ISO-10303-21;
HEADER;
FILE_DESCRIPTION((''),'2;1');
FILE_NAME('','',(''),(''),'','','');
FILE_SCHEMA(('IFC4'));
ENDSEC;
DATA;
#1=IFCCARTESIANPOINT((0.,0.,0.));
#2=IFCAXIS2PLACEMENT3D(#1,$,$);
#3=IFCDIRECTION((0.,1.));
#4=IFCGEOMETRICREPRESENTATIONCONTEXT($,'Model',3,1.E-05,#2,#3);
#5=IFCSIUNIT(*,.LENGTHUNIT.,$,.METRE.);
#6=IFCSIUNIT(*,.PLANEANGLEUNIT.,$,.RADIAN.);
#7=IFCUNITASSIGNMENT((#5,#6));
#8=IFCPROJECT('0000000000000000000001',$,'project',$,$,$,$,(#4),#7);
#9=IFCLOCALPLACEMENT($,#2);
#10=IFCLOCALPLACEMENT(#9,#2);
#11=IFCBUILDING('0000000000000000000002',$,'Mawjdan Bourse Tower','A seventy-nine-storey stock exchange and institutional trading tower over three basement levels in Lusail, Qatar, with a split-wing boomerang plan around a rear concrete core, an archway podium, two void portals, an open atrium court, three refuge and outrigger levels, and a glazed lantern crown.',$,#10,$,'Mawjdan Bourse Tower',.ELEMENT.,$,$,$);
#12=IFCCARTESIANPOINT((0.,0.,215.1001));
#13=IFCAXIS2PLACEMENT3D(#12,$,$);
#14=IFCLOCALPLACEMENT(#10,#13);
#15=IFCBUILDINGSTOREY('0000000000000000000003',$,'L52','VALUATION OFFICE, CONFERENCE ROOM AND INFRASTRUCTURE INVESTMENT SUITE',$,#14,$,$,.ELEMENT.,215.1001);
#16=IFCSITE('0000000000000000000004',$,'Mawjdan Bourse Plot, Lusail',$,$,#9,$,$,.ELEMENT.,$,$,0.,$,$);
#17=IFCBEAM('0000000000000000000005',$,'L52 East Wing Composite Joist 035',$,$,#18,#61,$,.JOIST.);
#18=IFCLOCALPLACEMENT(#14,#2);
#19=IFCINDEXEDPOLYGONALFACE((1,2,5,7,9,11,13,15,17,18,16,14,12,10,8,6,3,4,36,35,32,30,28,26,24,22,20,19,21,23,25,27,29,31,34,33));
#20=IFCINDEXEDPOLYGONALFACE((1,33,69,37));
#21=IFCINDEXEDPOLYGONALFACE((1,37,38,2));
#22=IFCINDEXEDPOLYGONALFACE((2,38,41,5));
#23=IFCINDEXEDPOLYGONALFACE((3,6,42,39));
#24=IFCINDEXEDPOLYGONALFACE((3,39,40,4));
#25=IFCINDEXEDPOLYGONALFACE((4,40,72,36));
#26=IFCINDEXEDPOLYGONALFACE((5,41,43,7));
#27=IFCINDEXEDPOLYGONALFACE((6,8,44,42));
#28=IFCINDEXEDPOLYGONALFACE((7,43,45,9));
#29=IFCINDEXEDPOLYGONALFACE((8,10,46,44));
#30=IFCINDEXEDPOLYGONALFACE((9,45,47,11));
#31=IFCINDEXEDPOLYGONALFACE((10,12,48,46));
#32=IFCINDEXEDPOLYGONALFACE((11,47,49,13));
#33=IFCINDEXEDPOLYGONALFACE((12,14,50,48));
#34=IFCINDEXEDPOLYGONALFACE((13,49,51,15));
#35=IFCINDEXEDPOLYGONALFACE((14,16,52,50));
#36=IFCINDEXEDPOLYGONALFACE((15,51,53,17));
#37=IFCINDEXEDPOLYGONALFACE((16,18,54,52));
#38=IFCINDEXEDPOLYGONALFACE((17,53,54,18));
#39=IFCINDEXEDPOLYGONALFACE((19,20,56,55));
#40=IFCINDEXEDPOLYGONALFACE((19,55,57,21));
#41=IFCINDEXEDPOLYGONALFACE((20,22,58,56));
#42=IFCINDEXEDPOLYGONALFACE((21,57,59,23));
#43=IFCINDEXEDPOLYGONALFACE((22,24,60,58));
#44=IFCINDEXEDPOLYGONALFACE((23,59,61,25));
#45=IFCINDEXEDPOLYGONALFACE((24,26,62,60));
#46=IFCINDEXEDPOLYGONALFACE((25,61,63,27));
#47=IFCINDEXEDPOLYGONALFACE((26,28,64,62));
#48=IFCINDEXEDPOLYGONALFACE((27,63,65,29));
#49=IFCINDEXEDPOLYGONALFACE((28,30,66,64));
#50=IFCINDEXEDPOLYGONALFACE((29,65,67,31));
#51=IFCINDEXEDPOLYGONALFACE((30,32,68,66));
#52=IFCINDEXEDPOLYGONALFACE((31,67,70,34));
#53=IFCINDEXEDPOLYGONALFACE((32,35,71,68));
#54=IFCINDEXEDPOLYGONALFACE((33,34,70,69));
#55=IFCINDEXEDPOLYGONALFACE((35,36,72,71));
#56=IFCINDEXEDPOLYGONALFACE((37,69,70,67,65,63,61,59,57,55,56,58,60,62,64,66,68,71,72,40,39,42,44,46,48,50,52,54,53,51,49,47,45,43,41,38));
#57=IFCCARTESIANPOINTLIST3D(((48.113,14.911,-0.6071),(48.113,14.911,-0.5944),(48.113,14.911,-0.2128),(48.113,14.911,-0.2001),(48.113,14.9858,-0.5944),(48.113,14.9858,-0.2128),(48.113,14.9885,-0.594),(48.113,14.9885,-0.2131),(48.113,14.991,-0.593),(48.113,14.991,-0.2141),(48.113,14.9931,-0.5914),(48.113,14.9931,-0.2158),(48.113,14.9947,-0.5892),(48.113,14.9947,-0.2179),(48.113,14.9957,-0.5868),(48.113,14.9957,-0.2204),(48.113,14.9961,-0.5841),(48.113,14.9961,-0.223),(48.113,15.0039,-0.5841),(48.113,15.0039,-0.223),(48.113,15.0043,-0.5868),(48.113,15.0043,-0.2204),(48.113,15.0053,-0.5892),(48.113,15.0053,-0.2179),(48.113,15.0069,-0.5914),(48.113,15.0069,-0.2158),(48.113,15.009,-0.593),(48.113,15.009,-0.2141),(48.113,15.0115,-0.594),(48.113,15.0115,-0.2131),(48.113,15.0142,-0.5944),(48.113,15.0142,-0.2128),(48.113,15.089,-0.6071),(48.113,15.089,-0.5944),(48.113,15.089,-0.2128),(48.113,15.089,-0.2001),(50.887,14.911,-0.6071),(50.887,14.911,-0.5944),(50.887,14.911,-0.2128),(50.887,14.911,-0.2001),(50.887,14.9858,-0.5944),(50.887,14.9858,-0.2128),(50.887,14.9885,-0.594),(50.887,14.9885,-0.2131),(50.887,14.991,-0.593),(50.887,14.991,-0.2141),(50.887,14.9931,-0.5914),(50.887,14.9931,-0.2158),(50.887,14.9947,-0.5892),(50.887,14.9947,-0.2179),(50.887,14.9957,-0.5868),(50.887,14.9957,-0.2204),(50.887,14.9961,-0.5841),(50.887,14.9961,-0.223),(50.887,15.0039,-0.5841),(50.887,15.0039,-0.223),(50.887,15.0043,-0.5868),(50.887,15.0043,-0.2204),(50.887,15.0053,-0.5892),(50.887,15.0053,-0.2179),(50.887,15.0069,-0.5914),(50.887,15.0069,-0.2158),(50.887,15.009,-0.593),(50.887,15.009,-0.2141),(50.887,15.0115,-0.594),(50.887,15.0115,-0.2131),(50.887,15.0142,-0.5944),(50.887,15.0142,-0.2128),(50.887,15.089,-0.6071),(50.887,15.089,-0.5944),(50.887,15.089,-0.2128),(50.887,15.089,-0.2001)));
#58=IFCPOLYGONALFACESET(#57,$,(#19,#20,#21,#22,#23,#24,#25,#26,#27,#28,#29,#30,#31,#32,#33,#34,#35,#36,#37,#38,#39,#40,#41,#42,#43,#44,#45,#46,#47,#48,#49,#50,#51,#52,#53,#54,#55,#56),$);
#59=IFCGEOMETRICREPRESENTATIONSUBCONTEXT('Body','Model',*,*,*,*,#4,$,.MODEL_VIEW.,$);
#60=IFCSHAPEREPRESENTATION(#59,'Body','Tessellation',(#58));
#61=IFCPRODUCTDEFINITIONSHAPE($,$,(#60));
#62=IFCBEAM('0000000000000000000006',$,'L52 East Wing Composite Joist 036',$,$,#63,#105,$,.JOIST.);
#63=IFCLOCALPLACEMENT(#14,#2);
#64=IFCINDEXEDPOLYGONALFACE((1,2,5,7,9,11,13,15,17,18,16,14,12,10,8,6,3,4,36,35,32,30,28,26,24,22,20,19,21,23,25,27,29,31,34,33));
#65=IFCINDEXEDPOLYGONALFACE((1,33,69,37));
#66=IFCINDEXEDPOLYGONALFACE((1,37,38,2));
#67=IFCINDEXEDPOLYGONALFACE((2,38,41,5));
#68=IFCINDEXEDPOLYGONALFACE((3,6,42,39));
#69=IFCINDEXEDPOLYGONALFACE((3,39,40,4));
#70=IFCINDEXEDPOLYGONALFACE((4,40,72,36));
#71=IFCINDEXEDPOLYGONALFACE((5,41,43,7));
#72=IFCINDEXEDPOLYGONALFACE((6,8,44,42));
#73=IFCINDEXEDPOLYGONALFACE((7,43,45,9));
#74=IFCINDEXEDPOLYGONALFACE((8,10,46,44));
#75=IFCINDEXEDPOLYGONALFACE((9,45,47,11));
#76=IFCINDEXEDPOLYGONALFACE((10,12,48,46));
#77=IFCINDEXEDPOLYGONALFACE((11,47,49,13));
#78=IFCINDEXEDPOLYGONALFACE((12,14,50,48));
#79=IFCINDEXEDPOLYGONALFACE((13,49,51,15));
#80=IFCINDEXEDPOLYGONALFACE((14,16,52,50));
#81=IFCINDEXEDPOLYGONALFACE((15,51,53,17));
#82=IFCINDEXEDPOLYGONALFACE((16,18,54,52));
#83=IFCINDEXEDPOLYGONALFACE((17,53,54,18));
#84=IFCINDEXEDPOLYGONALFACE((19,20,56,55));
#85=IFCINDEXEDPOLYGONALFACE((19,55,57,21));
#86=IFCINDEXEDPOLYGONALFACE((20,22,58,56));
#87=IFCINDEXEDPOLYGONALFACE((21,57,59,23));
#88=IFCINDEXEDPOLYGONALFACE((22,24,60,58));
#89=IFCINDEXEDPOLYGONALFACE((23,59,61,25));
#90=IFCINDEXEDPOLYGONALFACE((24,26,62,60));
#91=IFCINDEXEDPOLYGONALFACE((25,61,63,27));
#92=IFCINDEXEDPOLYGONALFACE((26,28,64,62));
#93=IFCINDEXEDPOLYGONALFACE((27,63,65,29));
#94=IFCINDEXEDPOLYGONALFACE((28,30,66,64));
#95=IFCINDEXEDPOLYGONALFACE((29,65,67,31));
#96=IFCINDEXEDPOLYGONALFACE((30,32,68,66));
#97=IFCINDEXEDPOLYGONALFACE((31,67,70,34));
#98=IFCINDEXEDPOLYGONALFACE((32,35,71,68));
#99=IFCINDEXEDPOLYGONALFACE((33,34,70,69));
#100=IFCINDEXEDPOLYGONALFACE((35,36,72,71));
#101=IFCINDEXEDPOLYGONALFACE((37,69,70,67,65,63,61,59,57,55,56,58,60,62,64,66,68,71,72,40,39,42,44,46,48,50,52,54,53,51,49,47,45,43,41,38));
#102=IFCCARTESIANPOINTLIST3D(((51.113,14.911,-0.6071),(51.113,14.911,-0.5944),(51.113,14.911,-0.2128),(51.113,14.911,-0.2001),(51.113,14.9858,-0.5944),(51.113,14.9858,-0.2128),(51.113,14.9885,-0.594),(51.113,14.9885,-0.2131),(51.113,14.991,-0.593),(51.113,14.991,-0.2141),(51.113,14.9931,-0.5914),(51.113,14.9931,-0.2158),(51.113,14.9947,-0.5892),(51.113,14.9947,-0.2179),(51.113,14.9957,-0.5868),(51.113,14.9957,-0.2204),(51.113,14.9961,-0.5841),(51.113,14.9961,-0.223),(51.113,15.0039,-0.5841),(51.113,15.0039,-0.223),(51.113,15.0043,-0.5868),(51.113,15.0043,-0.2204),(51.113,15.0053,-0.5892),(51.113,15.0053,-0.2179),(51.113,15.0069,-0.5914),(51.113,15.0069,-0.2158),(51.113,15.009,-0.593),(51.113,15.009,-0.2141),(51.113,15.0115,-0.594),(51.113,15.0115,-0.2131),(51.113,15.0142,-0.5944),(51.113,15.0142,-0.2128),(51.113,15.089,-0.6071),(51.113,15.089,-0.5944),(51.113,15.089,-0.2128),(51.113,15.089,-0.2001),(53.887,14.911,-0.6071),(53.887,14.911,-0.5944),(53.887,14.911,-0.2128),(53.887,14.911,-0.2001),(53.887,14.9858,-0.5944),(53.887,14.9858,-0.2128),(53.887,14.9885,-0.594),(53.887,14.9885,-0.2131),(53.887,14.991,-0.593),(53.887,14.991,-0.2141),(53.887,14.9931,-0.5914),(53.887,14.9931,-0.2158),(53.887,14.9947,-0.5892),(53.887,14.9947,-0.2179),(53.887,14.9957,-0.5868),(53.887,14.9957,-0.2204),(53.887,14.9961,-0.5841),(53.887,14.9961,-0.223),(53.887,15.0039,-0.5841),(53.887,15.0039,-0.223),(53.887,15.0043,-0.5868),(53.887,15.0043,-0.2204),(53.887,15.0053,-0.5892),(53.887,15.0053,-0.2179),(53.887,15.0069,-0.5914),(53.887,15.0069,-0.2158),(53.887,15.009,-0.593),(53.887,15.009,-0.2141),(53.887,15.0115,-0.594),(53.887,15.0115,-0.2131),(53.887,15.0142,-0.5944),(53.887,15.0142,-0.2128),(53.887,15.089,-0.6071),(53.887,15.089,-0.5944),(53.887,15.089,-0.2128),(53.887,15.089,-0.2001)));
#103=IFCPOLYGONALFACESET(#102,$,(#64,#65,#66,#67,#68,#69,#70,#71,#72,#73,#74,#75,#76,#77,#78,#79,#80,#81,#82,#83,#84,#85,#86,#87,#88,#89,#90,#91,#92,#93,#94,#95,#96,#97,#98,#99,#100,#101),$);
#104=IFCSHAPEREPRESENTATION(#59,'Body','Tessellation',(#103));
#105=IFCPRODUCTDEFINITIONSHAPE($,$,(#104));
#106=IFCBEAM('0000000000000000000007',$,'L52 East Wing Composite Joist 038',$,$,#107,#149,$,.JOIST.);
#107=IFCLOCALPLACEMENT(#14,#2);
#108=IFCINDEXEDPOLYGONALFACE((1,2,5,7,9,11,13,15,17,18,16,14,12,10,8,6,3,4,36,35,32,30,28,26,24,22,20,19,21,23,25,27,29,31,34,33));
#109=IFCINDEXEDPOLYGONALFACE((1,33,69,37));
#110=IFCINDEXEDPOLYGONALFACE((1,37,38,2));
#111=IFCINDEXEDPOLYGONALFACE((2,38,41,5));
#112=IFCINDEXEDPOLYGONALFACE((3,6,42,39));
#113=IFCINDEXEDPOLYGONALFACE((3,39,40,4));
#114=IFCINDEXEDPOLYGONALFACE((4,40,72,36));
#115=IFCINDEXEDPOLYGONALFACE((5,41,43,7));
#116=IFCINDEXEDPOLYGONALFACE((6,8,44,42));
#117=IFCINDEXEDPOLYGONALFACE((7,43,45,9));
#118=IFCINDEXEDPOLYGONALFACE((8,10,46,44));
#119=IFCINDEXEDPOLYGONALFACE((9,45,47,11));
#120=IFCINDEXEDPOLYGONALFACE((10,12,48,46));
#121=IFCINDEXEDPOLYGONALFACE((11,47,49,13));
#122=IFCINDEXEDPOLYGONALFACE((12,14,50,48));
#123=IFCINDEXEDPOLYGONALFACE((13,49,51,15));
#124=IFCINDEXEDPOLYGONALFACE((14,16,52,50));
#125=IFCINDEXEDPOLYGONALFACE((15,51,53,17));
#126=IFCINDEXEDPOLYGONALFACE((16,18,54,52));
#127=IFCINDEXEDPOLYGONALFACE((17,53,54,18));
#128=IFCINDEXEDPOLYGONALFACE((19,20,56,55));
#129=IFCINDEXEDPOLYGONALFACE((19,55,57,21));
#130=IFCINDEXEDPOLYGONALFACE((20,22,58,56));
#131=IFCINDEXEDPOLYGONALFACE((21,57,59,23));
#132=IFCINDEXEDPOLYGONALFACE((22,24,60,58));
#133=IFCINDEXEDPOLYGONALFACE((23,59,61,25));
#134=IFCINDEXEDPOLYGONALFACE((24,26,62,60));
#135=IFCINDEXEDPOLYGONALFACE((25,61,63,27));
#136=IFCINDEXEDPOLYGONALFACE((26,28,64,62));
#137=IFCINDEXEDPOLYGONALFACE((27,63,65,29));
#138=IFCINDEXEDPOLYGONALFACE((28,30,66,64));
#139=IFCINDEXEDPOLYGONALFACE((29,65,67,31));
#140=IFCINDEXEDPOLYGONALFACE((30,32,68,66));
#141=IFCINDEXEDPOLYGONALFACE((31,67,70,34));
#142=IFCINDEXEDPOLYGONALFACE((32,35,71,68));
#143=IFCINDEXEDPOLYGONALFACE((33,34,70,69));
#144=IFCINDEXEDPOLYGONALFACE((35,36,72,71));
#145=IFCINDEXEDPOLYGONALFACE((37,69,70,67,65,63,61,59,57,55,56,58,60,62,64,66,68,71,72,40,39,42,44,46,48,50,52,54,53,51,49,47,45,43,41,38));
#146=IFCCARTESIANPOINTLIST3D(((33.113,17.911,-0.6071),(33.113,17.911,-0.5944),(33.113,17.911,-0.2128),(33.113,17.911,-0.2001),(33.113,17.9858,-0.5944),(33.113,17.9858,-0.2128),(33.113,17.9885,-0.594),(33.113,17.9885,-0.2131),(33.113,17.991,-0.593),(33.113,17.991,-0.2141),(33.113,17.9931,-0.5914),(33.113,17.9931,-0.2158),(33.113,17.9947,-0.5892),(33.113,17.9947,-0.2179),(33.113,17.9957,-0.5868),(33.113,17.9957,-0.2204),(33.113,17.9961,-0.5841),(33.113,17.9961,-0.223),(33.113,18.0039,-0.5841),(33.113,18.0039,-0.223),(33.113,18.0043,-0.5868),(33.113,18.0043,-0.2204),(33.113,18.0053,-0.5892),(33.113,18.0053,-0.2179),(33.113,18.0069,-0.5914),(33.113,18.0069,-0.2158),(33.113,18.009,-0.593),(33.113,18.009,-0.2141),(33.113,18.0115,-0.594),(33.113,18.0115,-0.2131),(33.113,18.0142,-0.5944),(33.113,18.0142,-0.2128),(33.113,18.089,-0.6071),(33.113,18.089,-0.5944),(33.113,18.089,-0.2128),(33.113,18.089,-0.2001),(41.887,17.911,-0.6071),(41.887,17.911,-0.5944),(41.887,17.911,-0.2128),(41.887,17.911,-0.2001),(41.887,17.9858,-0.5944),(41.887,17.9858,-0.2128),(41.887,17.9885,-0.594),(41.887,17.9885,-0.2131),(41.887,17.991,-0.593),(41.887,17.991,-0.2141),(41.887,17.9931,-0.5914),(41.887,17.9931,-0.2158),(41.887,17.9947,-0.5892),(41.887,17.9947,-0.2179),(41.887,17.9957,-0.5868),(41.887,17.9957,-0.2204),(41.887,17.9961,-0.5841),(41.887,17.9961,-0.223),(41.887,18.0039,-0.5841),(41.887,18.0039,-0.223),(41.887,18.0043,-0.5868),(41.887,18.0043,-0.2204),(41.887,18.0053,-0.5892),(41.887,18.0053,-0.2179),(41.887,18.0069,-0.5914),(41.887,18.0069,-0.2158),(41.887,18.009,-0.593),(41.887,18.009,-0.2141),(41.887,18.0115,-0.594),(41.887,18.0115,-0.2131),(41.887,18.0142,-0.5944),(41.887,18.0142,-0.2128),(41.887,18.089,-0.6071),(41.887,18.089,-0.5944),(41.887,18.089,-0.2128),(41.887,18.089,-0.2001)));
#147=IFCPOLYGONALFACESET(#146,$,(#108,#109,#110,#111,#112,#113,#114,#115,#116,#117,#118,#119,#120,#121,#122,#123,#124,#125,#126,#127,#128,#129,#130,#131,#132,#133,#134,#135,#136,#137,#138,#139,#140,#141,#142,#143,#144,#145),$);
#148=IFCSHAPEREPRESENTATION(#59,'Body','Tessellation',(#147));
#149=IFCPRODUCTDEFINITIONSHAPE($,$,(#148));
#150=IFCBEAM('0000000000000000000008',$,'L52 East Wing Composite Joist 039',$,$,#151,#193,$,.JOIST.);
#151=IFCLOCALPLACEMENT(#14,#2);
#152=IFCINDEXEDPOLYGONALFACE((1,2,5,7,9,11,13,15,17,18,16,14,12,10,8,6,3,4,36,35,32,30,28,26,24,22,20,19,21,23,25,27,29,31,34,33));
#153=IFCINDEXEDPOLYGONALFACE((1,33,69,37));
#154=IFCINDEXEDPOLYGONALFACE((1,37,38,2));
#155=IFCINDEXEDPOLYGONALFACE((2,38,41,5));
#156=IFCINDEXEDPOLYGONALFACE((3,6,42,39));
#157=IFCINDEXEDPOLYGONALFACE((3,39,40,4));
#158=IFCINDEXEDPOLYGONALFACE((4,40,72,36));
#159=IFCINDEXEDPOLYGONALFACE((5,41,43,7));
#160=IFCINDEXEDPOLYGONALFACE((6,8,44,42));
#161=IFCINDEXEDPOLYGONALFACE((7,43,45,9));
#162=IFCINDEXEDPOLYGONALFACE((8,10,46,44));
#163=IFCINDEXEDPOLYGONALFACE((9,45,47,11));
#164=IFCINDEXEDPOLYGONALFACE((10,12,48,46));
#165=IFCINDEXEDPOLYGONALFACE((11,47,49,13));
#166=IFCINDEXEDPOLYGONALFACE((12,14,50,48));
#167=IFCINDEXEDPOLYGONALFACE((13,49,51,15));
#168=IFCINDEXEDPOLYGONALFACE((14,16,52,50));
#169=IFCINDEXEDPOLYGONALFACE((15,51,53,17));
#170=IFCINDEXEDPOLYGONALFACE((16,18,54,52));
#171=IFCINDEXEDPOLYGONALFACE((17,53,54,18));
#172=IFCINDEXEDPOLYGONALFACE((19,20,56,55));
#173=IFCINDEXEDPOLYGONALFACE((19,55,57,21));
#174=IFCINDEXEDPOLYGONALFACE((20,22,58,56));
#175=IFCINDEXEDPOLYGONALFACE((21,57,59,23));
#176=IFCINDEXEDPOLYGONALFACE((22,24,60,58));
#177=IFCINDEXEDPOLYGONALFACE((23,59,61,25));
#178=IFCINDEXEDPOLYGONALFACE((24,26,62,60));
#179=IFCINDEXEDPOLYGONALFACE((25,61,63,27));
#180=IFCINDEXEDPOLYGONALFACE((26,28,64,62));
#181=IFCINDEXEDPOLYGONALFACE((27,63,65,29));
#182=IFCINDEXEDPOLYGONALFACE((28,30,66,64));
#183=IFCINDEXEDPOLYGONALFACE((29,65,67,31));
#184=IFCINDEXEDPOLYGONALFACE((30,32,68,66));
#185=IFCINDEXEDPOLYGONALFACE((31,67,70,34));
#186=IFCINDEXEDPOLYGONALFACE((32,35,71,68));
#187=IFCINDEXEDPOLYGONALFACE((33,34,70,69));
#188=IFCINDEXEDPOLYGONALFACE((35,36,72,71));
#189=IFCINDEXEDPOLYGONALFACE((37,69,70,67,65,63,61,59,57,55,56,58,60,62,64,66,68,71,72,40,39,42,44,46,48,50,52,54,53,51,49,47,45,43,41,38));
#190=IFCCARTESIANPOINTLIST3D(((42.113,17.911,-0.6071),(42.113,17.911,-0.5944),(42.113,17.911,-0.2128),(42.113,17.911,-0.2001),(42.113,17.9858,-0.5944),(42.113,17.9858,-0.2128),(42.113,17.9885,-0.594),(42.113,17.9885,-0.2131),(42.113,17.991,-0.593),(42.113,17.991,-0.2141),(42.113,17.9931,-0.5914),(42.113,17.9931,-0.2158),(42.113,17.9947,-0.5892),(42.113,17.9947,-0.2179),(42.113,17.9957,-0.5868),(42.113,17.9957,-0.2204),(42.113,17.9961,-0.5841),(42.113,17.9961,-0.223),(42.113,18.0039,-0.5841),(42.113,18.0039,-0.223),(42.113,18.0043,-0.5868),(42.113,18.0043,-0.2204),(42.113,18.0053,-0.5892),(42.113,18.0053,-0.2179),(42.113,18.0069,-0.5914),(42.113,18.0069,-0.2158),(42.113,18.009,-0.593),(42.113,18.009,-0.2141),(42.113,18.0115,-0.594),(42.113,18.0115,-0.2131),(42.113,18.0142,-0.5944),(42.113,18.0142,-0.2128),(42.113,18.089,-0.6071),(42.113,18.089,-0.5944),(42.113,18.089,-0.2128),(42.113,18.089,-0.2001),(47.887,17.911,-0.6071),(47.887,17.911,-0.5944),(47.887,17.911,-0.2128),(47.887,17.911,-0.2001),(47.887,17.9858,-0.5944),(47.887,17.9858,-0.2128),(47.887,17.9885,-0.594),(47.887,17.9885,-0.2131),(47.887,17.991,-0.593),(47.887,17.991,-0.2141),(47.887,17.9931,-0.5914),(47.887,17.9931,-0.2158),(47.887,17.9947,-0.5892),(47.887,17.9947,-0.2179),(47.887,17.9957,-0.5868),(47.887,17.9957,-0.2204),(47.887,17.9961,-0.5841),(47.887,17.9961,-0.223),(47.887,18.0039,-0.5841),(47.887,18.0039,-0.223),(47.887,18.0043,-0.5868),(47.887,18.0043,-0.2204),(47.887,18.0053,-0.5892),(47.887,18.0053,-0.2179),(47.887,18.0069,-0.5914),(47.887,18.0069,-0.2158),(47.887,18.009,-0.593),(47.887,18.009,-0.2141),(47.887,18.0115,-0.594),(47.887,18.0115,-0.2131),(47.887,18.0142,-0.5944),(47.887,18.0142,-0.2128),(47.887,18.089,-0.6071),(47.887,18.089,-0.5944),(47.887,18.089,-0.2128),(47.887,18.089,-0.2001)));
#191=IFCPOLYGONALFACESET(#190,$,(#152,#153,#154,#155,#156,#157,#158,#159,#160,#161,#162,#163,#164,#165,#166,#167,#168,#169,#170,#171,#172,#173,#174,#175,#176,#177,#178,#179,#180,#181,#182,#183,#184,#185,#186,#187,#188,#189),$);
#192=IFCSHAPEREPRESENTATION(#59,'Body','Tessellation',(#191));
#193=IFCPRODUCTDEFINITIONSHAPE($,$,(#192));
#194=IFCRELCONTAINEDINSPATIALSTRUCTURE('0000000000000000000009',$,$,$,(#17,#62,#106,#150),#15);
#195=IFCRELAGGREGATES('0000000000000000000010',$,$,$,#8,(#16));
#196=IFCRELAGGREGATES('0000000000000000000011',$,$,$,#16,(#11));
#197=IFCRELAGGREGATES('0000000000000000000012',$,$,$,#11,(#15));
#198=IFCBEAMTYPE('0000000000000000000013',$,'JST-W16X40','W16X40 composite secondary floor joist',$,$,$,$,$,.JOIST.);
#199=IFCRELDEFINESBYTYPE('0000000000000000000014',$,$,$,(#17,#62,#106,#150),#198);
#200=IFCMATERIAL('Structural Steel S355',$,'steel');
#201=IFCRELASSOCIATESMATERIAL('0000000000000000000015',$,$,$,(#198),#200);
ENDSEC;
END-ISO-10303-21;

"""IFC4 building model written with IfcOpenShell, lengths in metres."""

from ifc_helpers import new_model, si_unit, direction, frame, origin, origin_2d, place, context, subcontext, project, spatial, i_section, extrude, material, material_profile, profile_set, type_object, element, save


model = new_model("IFC4")

# Units and contexts
model_context = context("Model", 3, precision=1e-05, world=origin(), true_north=direction((0.0, 1.0)))
body_context = subcontext(model_context, "Body", "Model", "MODEL_VIEW")
ifc_project = project(units=[si_unit("LENGTHUNIT", "METRE"), si_unit("PLANEANGLEUNIT", "RADIAN")], contexts=[model_context])

# Site, building, storey
site_placement = place(None, origin())
site = spatial("IfcSite", under=ifc_project, at=site_placement, Name="Mawjdan Bourse Plot, Lusail", CompositionType="ELEMENT", RefElevation=0.0)
building_placement = place(site_placement, origin())
building = spatial("IfcBuilding", under=site, at=building_placement, Name="Mawjdan Bourse Tower", Description="A seventy-nine-storey stock exchange and institutional trading tower over three basement levels in Lusail, Qatar, with a split-wing boomerang plan around a rear concrete core, an archway podium, two void portals, an open atrium court, three refuge and outrigger levels, and a glazed lantern crown.", LongName="Mawjdan Bourse Tower", CompositionType="ELEMENT")
storey_placement = place(building_placement, frame((0.0, 0.0, 215.1001)))
storey = spatial("IfcBuildingStorey", under=building, at=storey_placement, Name="L52", Description="VALUATION OFFICE, CONFERENCE ROOM AND INFRASTRUCTURE INVESTMENT SUITE", CompositionType="ELEMENT", Elevation=215.1001)

# Beams
ifc_material_1 = material(Name="Structural Steel S355", Category="steel")
ifc_material_profile_1 = material_profile(ifc_material_1, i_section(OverallWidth=0.178, OverallDepth=0.407, WebThickness=0.0078, FlangeThickness=0.0127, FilletRadius=0.0103, at=origin_2d()), Name="W16X40")
ifc_profile_set_1 = profile_set([ifc_material_profile_1], Name="Structural Steel S355")
beam_type_1 = type_object("IfcBeamType", Name="JST-W16X40", Description="W16X40 composite secondary floor joist", PredefinedType="JOIST", material=ifc_profile_set_1)
for number, where, z_axis, x_axis, name in (
    (1, (48.113, 15.0, -0.4036), (1.0, 0.0, 0.0), (0.0, 1.0, 0.0), "L52 East Wing Composite Joist 035"),
    (2, (51.113, 15.0, -0.4036), (1.0, 0.0, 0.0), (0.0, 1.0, 0.0), "L52 East Wing Composite Joist 036"),
):
    element("IfcBeam", number, at=place(storey_placement, frame(where, z_axis=z_axis, x_axis=x_axis)), inside=storey, type_object=beam_type_1, Name=name, PredefinedType="JOIST", context=body_context, shape_type="SweptSolid", body=[
        extrude(i_section(OverallWidth=0.178, OverallDepth=0.407, WebThickness=0.0078, FlangeThickness=0.0127, FilletRadius=0.0103, at=origin_2d()), origin(), (0.0, 0.0, 1.0), 2.7739),
    ])
beam_1_placement = place(storey_placement, frame((33.113, 18.0, -0.4036), z_axis=(1.0, 0.0, 0.0), x_axis=(0.0, 1.0, 0.0)))
element("IfcBeam", 3, at=beam_1_placement, inside=storey, type_object=beam_type_1, Name="L52 East Wing Composite Joist 038", PredefinedType="JOIST", context=body_context, shape_type="SweptSolid", body=[
    extrude(i_section(OverallWidth=0.178, OverallDepth=0.407, WebThickness=0.0078, FlangeThickness=0.0127, FilletRadius=0.0103, at=origin_2d()), origin(), (0.0, 0.0, 1.0), 8.7739),
])
beam_2_placement = place(storey_placement, frame((42.113, 18.0, -0.4036), z_axis=(1.0, 0.0, 0.0), x_axis=(0.0, 1.0, 0.0)))
element("IfcBeam", 4, at=beam_2_placement, inside=storey, type_object=beam_type_1, Name="L52 East Wing Composite Joist 039", PredefinedType="JOIST", context=body_context, shape_type="SweptSolid", body=[
    extrude(i_section(OverallWidth=0.178, OverallDepth=0.407, WebThickness=0.0078, FlangeThickness=0.0127, FilletRadius=0.0103, at=origin_2d()), origin(), (0.0, 0.0, 1.0), 5.7739),
])

save(model, "model.ifc")
